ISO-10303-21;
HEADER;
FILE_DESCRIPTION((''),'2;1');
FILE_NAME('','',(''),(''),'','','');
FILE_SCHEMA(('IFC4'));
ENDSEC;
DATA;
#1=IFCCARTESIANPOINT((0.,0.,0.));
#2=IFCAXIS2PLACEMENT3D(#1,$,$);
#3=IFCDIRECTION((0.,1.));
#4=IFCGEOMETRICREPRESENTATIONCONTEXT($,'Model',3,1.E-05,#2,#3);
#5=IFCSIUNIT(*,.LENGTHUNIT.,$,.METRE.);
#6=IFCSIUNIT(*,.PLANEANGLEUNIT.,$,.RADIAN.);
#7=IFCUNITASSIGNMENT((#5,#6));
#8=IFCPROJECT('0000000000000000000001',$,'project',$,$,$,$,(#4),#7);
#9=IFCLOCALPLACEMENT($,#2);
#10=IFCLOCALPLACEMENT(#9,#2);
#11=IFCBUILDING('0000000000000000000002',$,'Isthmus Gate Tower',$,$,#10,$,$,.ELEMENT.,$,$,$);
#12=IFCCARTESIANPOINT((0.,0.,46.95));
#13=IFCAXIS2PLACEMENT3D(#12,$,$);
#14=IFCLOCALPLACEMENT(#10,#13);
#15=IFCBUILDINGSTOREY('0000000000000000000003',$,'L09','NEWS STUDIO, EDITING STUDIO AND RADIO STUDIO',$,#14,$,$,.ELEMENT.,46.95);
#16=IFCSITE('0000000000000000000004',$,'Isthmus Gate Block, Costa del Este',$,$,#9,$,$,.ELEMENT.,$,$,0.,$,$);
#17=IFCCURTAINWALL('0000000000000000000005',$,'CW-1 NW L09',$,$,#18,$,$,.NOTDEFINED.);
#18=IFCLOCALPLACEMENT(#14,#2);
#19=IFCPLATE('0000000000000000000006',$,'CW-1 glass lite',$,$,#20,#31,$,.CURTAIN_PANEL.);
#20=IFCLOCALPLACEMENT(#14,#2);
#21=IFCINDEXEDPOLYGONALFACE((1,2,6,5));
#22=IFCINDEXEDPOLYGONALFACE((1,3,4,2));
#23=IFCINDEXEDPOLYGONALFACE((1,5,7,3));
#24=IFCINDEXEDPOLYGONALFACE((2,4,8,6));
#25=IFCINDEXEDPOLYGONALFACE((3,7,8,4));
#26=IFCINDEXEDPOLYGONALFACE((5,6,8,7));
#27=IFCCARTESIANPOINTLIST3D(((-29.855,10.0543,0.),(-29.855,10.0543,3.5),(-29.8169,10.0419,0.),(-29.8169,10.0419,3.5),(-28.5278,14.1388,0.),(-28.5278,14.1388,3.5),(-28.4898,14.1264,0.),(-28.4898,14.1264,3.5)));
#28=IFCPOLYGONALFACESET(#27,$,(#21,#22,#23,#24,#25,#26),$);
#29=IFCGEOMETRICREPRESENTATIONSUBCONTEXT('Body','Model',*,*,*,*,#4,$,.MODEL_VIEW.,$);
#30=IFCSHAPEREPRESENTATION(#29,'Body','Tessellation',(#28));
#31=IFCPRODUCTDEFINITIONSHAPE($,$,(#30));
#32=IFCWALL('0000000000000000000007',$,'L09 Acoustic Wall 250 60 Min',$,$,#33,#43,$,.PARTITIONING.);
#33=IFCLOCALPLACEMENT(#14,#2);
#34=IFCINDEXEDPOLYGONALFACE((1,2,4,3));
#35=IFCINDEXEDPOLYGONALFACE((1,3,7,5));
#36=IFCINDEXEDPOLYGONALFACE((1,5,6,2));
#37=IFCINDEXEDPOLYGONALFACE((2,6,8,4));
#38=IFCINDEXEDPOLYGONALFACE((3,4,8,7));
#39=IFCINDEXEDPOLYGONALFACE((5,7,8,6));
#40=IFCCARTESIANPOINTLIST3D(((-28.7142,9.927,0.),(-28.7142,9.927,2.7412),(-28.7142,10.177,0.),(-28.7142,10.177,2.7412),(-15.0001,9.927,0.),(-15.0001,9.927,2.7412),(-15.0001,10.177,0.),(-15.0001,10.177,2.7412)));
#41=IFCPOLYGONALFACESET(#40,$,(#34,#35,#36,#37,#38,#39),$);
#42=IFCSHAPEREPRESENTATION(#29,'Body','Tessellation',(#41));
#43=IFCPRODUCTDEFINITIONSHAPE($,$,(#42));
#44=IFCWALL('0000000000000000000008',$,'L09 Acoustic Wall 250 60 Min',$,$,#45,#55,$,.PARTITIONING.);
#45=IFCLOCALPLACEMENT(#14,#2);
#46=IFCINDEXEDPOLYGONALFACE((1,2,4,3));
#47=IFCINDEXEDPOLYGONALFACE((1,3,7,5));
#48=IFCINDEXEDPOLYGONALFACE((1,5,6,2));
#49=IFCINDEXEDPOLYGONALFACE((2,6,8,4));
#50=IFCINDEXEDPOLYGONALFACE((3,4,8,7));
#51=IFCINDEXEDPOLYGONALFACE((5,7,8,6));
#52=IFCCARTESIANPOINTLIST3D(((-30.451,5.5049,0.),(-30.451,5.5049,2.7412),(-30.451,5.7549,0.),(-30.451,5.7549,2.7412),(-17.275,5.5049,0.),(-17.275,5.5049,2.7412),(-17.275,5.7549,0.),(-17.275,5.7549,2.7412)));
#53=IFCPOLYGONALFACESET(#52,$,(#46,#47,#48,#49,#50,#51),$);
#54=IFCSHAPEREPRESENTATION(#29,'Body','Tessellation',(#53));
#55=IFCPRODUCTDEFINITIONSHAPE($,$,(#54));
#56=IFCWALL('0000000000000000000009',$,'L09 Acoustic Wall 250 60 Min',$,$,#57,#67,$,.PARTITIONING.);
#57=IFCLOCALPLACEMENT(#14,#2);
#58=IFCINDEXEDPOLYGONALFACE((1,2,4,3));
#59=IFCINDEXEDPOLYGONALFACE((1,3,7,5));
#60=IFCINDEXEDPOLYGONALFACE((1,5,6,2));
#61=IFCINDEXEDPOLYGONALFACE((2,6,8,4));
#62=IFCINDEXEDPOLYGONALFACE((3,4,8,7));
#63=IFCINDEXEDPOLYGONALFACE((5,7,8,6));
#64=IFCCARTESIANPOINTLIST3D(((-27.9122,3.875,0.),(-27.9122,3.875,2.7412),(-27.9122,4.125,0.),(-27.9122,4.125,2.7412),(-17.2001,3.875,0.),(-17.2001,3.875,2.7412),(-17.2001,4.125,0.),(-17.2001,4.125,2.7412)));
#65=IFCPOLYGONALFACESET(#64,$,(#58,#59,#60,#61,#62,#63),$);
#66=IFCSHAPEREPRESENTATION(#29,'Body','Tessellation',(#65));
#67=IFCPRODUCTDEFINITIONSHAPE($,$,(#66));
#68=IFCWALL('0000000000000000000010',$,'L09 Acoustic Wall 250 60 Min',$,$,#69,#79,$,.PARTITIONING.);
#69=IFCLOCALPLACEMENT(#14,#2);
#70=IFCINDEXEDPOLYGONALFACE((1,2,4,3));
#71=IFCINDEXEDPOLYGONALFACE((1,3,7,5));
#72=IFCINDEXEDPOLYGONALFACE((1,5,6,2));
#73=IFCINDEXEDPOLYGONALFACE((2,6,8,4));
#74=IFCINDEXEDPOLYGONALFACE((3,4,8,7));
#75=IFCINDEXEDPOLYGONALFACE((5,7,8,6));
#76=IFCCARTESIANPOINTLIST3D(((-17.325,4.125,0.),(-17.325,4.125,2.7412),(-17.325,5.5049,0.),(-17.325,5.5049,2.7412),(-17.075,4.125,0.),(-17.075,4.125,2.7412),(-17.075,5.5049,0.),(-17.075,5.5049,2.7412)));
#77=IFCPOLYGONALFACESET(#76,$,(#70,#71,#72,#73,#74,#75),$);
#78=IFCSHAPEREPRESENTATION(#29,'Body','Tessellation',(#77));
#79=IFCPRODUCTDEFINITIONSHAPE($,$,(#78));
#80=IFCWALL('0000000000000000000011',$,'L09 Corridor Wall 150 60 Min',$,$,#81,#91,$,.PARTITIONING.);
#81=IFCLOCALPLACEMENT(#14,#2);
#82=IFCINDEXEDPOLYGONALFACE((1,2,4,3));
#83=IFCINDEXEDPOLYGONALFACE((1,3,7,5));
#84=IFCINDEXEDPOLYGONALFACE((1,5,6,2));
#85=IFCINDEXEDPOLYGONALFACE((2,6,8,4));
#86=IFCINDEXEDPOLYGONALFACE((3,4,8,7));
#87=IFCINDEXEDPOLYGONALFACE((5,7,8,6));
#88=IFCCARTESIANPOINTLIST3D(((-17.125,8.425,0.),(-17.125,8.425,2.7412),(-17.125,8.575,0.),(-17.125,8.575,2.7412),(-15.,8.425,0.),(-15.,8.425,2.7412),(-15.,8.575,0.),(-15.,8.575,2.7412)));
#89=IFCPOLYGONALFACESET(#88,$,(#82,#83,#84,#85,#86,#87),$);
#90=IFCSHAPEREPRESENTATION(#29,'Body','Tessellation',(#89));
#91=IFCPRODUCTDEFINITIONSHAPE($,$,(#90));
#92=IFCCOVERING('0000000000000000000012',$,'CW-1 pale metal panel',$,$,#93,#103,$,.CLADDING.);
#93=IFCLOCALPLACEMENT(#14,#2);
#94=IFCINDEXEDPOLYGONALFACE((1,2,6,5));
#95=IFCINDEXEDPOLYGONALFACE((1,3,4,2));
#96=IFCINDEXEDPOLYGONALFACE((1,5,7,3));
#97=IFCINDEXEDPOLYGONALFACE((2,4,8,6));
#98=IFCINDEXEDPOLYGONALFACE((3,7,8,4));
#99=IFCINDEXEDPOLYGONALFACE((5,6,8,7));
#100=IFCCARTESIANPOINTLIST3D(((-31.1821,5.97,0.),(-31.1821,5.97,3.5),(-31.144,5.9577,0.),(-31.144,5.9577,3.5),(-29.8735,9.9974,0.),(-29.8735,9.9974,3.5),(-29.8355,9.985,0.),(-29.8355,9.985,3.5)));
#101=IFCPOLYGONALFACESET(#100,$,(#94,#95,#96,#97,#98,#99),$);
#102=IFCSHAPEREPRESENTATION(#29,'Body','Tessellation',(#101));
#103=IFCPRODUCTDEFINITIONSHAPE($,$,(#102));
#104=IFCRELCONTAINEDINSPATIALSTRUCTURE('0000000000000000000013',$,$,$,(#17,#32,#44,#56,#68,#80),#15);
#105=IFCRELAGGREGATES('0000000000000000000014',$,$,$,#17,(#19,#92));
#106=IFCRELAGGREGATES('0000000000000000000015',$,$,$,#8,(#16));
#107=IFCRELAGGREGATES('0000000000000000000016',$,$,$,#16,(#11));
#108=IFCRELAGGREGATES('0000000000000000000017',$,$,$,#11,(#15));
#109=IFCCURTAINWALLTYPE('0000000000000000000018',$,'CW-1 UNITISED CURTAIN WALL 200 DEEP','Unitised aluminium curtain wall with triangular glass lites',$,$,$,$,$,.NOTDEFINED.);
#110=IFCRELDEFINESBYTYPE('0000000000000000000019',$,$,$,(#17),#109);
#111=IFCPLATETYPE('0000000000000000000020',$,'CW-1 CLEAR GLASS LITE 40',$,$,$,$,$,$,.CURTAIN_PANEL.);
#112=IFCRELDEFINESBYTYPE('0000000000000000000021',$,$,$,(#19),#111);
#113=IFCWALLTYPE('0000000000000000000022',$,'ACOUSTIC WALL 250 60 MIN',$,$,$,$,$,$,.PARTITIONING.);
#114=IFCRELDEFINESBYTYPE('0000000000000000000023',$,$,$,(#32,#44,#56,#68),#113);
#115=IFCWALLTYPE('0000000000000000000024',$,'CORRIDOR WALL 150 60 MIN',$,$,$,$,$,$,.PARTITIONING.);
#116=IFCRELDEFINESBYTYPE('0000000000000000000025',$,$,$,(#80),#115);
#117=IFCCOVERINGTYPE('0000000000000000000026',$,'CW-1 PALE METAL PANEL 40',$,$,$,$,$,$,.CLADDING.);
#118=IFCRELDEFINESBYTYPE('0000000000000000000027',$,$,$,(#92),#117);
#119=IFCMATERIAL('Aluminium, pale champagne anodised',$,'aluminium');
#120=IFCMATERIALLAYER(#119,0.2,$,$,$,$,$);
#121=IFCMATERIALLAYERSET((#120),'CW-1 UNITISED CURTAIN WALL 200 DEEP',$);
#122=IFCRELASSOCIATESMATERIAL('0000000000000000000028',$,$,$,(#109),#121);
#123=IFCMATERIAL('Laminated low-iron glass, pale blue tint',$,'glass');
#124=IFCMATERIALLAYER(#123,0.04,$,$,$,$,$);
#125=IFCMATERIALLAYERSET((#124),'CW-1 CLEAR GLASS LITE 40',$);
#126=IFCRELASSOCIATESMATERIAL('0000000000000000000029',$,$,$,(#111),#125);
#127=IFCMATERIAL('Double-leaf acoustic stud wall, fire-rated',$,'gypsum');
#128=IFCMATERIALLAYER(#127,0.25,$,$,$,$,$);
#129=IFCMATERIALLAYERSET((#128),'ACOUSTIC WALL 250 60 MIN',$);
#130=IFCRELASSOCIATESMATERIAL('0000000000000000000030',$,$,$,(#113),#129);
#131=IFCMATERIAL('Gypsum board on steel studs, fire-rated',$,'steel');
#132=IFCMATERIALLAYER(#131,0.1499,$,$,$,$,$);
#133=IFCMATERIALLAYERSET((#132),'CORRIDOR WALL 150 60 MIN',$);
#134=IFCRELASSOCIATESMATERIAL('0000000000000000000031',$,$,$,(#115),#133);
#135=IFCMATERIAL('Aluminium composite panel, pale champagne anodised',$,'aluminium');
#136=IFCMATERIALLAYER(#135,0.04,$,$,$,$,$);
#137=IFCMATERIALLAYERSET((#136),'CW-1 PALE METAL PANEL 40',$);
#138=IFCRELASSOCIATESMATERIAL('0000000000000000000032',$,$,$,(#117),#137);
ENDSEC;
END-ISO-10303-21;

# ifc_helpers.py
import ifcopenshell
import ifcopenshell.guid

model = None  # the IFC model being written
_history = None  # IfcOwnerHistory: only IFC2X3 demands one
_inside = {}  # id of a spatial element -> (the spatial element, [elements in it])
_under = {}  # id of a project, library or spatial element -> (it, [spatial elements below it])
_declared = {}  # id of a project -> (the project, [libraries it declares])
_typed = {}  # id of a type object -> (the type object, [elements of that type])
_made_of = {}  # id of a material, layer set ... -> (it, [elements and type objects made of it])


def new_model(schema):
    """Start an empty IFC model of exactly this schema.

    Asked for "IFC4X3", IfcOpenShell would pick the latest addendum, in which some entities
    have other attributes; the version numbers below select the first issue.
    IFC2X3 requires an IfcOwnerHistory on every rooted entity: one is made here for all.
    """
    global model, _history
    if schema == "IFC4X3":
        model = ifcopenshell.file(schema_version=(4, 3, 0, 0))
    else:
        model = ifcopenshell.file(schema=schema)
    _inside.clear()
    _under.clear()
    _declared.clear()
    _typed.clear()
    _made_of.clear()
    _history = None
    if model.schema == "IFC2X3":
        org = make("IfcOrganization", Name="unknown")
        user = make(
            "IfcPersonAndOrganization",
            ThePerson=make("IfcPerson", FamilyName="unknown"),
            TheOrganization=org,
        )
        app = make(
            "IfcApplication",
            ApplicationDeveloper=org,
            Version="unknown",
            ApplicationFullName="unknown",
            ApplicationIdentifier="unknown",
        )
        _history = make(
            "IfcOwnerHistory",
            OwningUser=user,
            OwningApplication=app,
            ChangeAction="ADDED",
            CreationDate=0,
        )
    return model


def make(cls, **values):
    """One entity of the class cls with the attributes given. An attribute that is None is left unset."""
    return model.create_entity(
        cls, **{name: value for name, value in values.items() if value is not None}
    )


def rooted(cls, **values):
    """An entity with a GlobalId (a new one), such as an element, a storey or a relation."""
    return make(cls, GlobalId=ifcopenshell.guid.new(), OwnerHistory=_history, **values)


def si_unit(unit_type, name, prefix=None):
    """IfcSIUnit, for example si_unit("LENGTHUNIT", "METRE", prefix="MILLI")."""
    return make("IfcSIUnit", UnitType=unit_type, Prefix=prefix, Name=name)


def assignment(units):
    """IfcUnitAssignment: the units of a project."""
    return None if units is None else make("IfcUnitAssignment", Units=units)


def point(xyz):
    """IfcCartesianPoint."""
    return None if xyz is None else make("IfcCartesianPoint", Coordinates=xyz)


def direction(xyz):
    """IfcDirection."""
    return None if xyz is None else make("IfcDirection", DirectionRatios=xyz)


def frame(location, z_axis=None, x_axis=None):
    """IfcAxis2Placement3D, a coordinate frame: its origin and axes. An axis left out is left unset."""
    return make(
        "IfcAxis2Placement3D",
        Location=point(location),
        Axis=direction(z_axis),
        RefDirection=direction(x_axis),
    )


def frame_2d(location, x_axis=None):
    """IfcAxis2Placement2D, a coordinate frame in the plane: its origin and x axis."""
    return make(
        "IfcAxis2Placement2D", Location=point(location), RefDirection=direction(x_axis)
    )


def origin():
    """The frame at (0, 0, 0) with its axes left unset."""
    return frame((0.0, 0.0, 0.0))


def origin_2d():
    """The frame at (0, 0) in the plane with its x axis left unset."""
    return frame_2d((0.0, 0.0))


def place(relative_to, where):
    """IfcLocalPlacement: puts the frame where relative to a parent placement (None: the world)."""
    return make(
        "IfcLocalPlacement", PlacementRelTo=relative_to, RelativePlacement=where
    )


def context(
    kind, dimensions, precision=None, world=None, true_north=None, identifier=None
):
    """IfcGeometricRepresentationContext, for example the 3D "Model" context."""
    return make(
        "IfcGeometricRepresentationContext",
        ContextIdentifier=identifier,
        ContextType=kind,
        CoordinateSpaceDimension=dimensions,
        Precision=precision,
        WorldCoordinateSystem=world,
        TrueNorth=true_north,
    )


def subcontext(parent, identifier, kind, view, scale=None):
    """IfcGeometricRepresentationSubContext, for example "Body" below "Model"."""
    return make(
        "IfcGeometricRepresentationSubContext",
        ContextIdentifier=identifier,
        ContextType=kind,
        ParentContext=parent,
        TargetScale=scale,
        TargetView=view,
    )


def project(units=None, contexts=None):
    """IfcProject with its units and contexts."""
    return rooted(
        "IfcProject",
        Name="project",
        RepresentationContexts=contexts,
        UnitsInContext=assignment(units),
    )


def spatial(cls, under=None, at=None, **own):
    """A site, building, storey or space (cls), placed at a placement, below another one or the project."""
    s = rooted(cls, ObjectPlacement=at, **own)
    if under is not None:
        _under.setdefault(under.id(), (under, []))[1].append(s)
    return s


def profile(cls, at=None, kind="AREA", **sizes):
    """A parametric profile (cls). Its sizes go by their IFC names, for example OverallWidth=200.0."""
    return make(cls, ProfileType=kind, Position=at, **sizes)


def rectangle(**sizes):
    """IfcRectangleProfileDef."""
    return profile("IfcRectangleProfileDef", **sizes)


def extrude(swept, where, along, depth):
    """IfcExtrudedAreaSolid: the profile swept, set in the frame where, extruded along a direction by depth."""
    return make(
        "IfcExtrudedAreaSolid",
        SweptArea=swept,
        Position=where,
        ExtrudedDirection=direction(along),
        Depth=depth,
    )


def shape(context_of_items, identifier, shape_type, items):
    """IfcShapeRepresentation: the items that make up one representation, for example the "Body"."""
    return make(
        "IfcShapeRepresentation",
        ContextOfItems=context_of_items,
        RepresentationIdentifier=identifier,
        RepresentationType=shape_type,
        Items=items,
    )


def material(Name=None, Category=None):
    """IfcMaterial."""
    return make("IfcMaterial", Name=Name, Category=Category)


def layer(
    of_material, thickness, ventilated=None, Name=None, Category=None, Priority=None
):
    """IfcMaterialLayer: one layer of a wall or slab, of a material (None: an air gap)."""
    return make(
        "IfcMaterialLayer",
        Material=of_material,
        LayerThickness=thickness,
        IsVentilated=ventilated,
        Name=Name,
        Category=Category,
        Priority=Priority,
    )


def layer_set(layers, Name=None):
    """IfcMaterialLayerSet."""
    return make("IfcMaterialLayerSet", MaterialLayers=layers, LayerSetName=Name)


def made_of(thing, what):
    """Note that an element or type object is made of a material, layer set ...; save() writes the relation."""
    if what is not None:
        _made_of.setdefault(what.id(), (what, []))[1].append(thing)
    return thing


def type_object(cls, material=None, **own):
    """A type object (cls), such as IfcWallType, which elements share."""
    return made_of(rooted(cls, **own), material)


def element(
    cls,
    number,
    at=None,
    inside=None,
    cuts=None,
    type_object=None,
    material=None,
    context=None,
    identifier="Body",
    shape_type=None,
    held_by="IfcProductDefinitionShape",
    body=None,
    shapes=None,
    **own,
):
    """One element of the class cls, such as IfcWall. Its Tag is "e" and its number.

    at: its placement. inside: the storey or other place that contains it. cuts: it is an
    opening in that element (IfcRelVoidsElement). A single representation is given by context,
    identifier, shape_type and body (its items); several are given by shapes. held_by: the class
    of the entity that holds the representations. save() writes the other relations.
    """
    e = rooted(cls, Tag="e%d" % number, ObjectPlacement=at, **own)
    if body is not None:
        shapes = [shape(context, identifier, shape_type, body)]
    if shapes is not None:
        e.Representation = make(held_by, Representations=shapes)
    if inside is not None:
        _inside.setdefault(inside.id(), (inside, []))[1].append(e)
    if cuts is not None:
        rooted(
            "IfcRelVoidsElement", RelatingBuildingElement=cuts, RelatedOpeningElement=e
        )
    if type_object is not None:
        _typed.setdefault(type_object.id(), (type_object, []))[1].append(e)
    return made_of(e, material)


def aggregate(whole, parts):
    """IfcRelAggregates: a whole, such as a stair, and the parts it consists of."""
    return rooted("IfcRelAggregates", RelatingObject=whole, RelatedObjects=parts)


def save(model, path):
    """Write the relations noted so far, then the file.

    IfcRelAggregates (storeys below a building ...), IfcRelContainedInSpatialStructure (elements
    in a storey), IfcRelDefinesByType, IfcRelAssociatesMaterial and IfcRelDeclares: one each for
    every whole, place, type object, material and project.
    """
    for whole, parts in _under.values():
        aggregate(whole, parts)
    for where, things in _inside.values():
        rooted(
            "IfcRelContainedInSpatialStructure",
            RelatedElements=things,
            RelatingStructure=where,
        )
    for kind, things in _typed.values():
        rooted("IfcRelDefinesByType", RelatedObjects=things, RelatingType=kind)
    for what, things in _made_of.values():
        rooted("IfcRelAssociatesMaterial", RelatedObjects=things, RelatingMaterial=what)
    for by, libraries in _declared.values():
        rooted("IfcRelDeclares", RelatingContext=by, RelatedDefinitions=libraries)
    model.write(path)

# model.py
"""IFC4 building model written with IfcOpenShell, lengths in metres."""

from ifc_helpers import new_model, si_unit, direction, frame, frame_2d, origin, origin_2d, place, context, subcontext, project, spatial, rectangle, extrude, material, layer, layer_set, type_object, element, aggregate, save


model = new_model("IFC4")

# Units and contexts
model_context = context("Model", 3, precision=1e-05, world=origin(), true_north=direction((0.0, 1.0)))
body_context = subcontext(model_context, "Body", "Model", "MODEL_VIEW")
ifc_project = project(units=[si_unit("LENGTHUNIT", "METRE"), si_unit("PLANEANGLEUNIT", "RADIAN")], contexts=[model_context])

# Site, building, storey
site_placement = place(None, origin())
site = spatial("IfcSite", under=ifc_project, at=site_placement, Name="Isthmus Gate Block, Costa del Este", CompositionType="ELEMENT", RefElevation=0.0)
building_placement = place(site_placement, origin())
building = spatial("IfcBuilding", under=site, at=building_placement, Name="Isthmus Gate Tower", CompositionType="ELEMENT")
storey_placement = place(building_placement, frame((0.0, 0.0, 46.95)))
storey = spatial("IfcBuildingStorey", under=building, at=storey_placement, Name="L09", Description="NEWS STUDIO, EDITING STUDIO AND RADIO STUDIO", CompositionType="ELEMENT", Elevation=46.95)

# Curtain wall
ifc_material_1 = material(Name="Aluminium, pale champagne anodised", Category="aluminium")
ifc_layer_1 = layer(ifc_material_1, 0.2)
ifc_layer_set_1 = layer_set([ifc_layer_1], Name="CW-1 UNITISED CURTAIN WALL 200 DEEP")
curtain_wall_type = type_object("IfcCurtainWallType", Name="CW-1 UNITISED CURTAIN WALL 200 DEEP", Description="Unitised aluminium curtain wall with triangular glass lites", PredefinedType="NOTDEFINED", material=ifc_layer_set_1)
curtain_wall_placement = place(storey_placement, origin())
curtain_wall = element("IfcCurtainWall", 1, at=curtain_wall_placement, inside=storey, type_object=curtain_wall_type, Name="CW-1 NW L09", PredefinedType="NOTDEFINED")

# Plate
ifc_material_2 = material(Name="Laminated low-iron glass, pale blue tint", Category="glass")
ifc_layer_2 = layer(ifc_material_2, 0.04)
ifc_layer_set_2 = layer_set([ifc_layer_2], Name="CW-1 CLEAR GLASS LITE 40")
plate_type = type_object("IfcPlateType", Name="CW-1 CLEAR GLASS LITE 40", PredefinedType="CURTAIN_PANEL", material=ifc_layer_set_2)
plate_placement = place(storey_placement, frame((-29.1724, 12.0903, 0.0), z_axis=(0.0, 0.0, 1.0), x_axis=(-0.309017, -0.951057, 0.0)))
plate = element("IfcPlate", 2, at=plate_placement, type_object=plate_type, Name="CW-1 glass lite", PredefinedType="CURTAIN_PANEL", context=body_context, shape_type="SweptSolid", body=[
    extrude(rectangle(XDim=4.2947, YDim=0.04, at=origin_2d()), origin(), (0.0, 0.0, 1.0), 3.5),
])

# Walls
ifc_material_3 = material(Name="Double-leaf acoustic stud wall, fire-rated", Category="gypsum")
ifc_layer_3 = layer(ifc_material_3, 0.25)
ifc_layer_set_3 = layer_set([ifc_layer_3], Name="ACOUSTIC WALL 250 60 MIN")
wall_type_1 = type_object("IfcWallType", Name="ACOUSTIC WALL 250 60 MIN", PredefinedType="PARTITIONING", material=ifc_layer_set_3)
wall_1_placement = place(storey_placement, frame((-28.7141, 10.052, 0.0), z_axis=(0.0, 0.0, 1.0), x_axis=(1.0, 0.0, 0.0)))
element("IfcWall", 3, at=wall_1_placement, inside=storey, type_object=wall_type_1, Name="L09 Acoustic Wall 250 60 Min", PredefinedType="PARTITIONING", context=body_context, shape_type="SweptSolid", body=[
    extrude(rectangle(XDim=13.7141, YDim=0.25, at=frame_2d((6.8569, 0.0))), origin(), (0.0, 0.0, 1.0), 2.7412),
])
wall_2_placement = place(storey_placement, frame((-30.4509, 5.6299, 0.0), z_axis=(0.0, 0.0, 1.0), x_axis=(1.0, 0.0, 0.0)))
element("IfcWall", 4, at=wall_2_placement, inside=storey, type_object=wall_type_1, Name="L09 Acoustic Wall 250 60 Min", PredefinedType="PARTITIONING", context=body_context, shape_type="SweptSolid", body=[
    extrude(rectangle(XDim=13.176, YDim=0.25, at=frame_2d((6.5879, 0.0))), origin(), (0.0, 0.0, 1.0), 2.7412),
])
wall_3_placement = place(storey_placement, frame((-27.9121, 4.0, 0.0), z_axis=(0.0, 0.0, 1.0), x_axis=(1.0, 0.0, 0.0)))
element("IfcWall", 5, at=wall_3_placement, inside=storey, type_object=wall_type_1, Name="L09 Acoustic Wall 250 60 Min", PredefinedType="PARTITIONING", context=body_context, shape_type="SweptSolid", body=[
    extrude(rectangle(XDim=10.7122, YDim=0.25, at=frame_2d((5.356, 0.0))), origin(), (0.0, 0.0, 1.0), 2.7412),
])
wall_4_placement = place(storey_placement, frame((-17.2, 4.125, 0.0), z_axis=(0.0, 0.0, 1.0), x_axis=(0.0, 1.0, 0.0)))
element("IfcWall", 6, at=wall_4_placement, inside=storey, type_object=wall_type_1, Name="L09 Acoustic Wall 250 60 Min", PredefinedType="PARTITIONING", context=body_context, shape_type="SweptSolid", body=[
    extrude(rectangle(XDim=1.3799, YDim=0.25, at=frame_2d((0.6899, 0.0))), origin(), (0.0, 0.0, 1.0), 2.7412),
])

# Shared definitions
ifc_material_4 = material(Name="Gypsum board on steel studs, fire-rated", Category="steel")
ifc_layer_4 = layer(ifc_material_4, 0.1499)
ifc_layer_set_4 = layer_set([ifc_layer_4], Name="CORRIDOR WALL 150 60 MIN")
wall_type_2 = type_object("IfcWallType", Name="CORRIDOR WALL 150 60 MIN", PredefinedType="PARTITIONING", material=ifc_layer_set_4)

# Wall
wall_5_placement = place(storey_placement, frame((-17.125, 8.5, 0.0), z_axis=(0.0, 0.0, 1.0), x_axis=(1.0, 0.0, 0.0)))
element("IfcWall", 7, at=wall_5_placement, inside=storey, type_object=wall_type_2, Name="L09 Corridor Wall 150 60 Min", PredefinedType="PARTITIONING", context=body_context, shape_type="SweptSolid", body=[
    extrude(rectangle(XDim=2.125, YDim=0.1499, at=frame_2d((1.0625, 0.0))), origin(), (0.0, 0.0, 1.0), 2.7412),
])

# Covering
ifc_material_5 = material(Name="Aluminium composite panel, pale champagne anodised", Category="aluminium")
ifc_layer_5 = layer(ifc_material_5, 0.04)
ifc_layer_set_5 = layer_set([ifc_layer_5], Name="CW-1 PALE METAL PANEL 40")
covering_type = type_object("IfcCoveringType", Name="CW-1 PALE METAL PANEL 40", PredefinedType="CLADDING", material=ifc_layer_set_5)
covering_placement = place(storey_placement, frame((-30.5088, 7.9775, 0.0), z_axis=(0.0, 0.0, 1.0), x_axis=(-0.309017, -0.951057, 0.0)))
covering = element("IfcCovering", 8, at=covering_placement, type_object=covering_type, Name="CW-1 pale metal panel", PredefinedType="CLADDING", context=body_context, shape_type="SweptSolid", body=[
    extrude(rectangle(XDim=4.2346, YDim=0.04, at=origin_2d()), origin(), (0.0, 0.0, 1.0), 3.5),
])
aggregate(curtain_wall, [plate, covering])

save(model, "model.ifc")
